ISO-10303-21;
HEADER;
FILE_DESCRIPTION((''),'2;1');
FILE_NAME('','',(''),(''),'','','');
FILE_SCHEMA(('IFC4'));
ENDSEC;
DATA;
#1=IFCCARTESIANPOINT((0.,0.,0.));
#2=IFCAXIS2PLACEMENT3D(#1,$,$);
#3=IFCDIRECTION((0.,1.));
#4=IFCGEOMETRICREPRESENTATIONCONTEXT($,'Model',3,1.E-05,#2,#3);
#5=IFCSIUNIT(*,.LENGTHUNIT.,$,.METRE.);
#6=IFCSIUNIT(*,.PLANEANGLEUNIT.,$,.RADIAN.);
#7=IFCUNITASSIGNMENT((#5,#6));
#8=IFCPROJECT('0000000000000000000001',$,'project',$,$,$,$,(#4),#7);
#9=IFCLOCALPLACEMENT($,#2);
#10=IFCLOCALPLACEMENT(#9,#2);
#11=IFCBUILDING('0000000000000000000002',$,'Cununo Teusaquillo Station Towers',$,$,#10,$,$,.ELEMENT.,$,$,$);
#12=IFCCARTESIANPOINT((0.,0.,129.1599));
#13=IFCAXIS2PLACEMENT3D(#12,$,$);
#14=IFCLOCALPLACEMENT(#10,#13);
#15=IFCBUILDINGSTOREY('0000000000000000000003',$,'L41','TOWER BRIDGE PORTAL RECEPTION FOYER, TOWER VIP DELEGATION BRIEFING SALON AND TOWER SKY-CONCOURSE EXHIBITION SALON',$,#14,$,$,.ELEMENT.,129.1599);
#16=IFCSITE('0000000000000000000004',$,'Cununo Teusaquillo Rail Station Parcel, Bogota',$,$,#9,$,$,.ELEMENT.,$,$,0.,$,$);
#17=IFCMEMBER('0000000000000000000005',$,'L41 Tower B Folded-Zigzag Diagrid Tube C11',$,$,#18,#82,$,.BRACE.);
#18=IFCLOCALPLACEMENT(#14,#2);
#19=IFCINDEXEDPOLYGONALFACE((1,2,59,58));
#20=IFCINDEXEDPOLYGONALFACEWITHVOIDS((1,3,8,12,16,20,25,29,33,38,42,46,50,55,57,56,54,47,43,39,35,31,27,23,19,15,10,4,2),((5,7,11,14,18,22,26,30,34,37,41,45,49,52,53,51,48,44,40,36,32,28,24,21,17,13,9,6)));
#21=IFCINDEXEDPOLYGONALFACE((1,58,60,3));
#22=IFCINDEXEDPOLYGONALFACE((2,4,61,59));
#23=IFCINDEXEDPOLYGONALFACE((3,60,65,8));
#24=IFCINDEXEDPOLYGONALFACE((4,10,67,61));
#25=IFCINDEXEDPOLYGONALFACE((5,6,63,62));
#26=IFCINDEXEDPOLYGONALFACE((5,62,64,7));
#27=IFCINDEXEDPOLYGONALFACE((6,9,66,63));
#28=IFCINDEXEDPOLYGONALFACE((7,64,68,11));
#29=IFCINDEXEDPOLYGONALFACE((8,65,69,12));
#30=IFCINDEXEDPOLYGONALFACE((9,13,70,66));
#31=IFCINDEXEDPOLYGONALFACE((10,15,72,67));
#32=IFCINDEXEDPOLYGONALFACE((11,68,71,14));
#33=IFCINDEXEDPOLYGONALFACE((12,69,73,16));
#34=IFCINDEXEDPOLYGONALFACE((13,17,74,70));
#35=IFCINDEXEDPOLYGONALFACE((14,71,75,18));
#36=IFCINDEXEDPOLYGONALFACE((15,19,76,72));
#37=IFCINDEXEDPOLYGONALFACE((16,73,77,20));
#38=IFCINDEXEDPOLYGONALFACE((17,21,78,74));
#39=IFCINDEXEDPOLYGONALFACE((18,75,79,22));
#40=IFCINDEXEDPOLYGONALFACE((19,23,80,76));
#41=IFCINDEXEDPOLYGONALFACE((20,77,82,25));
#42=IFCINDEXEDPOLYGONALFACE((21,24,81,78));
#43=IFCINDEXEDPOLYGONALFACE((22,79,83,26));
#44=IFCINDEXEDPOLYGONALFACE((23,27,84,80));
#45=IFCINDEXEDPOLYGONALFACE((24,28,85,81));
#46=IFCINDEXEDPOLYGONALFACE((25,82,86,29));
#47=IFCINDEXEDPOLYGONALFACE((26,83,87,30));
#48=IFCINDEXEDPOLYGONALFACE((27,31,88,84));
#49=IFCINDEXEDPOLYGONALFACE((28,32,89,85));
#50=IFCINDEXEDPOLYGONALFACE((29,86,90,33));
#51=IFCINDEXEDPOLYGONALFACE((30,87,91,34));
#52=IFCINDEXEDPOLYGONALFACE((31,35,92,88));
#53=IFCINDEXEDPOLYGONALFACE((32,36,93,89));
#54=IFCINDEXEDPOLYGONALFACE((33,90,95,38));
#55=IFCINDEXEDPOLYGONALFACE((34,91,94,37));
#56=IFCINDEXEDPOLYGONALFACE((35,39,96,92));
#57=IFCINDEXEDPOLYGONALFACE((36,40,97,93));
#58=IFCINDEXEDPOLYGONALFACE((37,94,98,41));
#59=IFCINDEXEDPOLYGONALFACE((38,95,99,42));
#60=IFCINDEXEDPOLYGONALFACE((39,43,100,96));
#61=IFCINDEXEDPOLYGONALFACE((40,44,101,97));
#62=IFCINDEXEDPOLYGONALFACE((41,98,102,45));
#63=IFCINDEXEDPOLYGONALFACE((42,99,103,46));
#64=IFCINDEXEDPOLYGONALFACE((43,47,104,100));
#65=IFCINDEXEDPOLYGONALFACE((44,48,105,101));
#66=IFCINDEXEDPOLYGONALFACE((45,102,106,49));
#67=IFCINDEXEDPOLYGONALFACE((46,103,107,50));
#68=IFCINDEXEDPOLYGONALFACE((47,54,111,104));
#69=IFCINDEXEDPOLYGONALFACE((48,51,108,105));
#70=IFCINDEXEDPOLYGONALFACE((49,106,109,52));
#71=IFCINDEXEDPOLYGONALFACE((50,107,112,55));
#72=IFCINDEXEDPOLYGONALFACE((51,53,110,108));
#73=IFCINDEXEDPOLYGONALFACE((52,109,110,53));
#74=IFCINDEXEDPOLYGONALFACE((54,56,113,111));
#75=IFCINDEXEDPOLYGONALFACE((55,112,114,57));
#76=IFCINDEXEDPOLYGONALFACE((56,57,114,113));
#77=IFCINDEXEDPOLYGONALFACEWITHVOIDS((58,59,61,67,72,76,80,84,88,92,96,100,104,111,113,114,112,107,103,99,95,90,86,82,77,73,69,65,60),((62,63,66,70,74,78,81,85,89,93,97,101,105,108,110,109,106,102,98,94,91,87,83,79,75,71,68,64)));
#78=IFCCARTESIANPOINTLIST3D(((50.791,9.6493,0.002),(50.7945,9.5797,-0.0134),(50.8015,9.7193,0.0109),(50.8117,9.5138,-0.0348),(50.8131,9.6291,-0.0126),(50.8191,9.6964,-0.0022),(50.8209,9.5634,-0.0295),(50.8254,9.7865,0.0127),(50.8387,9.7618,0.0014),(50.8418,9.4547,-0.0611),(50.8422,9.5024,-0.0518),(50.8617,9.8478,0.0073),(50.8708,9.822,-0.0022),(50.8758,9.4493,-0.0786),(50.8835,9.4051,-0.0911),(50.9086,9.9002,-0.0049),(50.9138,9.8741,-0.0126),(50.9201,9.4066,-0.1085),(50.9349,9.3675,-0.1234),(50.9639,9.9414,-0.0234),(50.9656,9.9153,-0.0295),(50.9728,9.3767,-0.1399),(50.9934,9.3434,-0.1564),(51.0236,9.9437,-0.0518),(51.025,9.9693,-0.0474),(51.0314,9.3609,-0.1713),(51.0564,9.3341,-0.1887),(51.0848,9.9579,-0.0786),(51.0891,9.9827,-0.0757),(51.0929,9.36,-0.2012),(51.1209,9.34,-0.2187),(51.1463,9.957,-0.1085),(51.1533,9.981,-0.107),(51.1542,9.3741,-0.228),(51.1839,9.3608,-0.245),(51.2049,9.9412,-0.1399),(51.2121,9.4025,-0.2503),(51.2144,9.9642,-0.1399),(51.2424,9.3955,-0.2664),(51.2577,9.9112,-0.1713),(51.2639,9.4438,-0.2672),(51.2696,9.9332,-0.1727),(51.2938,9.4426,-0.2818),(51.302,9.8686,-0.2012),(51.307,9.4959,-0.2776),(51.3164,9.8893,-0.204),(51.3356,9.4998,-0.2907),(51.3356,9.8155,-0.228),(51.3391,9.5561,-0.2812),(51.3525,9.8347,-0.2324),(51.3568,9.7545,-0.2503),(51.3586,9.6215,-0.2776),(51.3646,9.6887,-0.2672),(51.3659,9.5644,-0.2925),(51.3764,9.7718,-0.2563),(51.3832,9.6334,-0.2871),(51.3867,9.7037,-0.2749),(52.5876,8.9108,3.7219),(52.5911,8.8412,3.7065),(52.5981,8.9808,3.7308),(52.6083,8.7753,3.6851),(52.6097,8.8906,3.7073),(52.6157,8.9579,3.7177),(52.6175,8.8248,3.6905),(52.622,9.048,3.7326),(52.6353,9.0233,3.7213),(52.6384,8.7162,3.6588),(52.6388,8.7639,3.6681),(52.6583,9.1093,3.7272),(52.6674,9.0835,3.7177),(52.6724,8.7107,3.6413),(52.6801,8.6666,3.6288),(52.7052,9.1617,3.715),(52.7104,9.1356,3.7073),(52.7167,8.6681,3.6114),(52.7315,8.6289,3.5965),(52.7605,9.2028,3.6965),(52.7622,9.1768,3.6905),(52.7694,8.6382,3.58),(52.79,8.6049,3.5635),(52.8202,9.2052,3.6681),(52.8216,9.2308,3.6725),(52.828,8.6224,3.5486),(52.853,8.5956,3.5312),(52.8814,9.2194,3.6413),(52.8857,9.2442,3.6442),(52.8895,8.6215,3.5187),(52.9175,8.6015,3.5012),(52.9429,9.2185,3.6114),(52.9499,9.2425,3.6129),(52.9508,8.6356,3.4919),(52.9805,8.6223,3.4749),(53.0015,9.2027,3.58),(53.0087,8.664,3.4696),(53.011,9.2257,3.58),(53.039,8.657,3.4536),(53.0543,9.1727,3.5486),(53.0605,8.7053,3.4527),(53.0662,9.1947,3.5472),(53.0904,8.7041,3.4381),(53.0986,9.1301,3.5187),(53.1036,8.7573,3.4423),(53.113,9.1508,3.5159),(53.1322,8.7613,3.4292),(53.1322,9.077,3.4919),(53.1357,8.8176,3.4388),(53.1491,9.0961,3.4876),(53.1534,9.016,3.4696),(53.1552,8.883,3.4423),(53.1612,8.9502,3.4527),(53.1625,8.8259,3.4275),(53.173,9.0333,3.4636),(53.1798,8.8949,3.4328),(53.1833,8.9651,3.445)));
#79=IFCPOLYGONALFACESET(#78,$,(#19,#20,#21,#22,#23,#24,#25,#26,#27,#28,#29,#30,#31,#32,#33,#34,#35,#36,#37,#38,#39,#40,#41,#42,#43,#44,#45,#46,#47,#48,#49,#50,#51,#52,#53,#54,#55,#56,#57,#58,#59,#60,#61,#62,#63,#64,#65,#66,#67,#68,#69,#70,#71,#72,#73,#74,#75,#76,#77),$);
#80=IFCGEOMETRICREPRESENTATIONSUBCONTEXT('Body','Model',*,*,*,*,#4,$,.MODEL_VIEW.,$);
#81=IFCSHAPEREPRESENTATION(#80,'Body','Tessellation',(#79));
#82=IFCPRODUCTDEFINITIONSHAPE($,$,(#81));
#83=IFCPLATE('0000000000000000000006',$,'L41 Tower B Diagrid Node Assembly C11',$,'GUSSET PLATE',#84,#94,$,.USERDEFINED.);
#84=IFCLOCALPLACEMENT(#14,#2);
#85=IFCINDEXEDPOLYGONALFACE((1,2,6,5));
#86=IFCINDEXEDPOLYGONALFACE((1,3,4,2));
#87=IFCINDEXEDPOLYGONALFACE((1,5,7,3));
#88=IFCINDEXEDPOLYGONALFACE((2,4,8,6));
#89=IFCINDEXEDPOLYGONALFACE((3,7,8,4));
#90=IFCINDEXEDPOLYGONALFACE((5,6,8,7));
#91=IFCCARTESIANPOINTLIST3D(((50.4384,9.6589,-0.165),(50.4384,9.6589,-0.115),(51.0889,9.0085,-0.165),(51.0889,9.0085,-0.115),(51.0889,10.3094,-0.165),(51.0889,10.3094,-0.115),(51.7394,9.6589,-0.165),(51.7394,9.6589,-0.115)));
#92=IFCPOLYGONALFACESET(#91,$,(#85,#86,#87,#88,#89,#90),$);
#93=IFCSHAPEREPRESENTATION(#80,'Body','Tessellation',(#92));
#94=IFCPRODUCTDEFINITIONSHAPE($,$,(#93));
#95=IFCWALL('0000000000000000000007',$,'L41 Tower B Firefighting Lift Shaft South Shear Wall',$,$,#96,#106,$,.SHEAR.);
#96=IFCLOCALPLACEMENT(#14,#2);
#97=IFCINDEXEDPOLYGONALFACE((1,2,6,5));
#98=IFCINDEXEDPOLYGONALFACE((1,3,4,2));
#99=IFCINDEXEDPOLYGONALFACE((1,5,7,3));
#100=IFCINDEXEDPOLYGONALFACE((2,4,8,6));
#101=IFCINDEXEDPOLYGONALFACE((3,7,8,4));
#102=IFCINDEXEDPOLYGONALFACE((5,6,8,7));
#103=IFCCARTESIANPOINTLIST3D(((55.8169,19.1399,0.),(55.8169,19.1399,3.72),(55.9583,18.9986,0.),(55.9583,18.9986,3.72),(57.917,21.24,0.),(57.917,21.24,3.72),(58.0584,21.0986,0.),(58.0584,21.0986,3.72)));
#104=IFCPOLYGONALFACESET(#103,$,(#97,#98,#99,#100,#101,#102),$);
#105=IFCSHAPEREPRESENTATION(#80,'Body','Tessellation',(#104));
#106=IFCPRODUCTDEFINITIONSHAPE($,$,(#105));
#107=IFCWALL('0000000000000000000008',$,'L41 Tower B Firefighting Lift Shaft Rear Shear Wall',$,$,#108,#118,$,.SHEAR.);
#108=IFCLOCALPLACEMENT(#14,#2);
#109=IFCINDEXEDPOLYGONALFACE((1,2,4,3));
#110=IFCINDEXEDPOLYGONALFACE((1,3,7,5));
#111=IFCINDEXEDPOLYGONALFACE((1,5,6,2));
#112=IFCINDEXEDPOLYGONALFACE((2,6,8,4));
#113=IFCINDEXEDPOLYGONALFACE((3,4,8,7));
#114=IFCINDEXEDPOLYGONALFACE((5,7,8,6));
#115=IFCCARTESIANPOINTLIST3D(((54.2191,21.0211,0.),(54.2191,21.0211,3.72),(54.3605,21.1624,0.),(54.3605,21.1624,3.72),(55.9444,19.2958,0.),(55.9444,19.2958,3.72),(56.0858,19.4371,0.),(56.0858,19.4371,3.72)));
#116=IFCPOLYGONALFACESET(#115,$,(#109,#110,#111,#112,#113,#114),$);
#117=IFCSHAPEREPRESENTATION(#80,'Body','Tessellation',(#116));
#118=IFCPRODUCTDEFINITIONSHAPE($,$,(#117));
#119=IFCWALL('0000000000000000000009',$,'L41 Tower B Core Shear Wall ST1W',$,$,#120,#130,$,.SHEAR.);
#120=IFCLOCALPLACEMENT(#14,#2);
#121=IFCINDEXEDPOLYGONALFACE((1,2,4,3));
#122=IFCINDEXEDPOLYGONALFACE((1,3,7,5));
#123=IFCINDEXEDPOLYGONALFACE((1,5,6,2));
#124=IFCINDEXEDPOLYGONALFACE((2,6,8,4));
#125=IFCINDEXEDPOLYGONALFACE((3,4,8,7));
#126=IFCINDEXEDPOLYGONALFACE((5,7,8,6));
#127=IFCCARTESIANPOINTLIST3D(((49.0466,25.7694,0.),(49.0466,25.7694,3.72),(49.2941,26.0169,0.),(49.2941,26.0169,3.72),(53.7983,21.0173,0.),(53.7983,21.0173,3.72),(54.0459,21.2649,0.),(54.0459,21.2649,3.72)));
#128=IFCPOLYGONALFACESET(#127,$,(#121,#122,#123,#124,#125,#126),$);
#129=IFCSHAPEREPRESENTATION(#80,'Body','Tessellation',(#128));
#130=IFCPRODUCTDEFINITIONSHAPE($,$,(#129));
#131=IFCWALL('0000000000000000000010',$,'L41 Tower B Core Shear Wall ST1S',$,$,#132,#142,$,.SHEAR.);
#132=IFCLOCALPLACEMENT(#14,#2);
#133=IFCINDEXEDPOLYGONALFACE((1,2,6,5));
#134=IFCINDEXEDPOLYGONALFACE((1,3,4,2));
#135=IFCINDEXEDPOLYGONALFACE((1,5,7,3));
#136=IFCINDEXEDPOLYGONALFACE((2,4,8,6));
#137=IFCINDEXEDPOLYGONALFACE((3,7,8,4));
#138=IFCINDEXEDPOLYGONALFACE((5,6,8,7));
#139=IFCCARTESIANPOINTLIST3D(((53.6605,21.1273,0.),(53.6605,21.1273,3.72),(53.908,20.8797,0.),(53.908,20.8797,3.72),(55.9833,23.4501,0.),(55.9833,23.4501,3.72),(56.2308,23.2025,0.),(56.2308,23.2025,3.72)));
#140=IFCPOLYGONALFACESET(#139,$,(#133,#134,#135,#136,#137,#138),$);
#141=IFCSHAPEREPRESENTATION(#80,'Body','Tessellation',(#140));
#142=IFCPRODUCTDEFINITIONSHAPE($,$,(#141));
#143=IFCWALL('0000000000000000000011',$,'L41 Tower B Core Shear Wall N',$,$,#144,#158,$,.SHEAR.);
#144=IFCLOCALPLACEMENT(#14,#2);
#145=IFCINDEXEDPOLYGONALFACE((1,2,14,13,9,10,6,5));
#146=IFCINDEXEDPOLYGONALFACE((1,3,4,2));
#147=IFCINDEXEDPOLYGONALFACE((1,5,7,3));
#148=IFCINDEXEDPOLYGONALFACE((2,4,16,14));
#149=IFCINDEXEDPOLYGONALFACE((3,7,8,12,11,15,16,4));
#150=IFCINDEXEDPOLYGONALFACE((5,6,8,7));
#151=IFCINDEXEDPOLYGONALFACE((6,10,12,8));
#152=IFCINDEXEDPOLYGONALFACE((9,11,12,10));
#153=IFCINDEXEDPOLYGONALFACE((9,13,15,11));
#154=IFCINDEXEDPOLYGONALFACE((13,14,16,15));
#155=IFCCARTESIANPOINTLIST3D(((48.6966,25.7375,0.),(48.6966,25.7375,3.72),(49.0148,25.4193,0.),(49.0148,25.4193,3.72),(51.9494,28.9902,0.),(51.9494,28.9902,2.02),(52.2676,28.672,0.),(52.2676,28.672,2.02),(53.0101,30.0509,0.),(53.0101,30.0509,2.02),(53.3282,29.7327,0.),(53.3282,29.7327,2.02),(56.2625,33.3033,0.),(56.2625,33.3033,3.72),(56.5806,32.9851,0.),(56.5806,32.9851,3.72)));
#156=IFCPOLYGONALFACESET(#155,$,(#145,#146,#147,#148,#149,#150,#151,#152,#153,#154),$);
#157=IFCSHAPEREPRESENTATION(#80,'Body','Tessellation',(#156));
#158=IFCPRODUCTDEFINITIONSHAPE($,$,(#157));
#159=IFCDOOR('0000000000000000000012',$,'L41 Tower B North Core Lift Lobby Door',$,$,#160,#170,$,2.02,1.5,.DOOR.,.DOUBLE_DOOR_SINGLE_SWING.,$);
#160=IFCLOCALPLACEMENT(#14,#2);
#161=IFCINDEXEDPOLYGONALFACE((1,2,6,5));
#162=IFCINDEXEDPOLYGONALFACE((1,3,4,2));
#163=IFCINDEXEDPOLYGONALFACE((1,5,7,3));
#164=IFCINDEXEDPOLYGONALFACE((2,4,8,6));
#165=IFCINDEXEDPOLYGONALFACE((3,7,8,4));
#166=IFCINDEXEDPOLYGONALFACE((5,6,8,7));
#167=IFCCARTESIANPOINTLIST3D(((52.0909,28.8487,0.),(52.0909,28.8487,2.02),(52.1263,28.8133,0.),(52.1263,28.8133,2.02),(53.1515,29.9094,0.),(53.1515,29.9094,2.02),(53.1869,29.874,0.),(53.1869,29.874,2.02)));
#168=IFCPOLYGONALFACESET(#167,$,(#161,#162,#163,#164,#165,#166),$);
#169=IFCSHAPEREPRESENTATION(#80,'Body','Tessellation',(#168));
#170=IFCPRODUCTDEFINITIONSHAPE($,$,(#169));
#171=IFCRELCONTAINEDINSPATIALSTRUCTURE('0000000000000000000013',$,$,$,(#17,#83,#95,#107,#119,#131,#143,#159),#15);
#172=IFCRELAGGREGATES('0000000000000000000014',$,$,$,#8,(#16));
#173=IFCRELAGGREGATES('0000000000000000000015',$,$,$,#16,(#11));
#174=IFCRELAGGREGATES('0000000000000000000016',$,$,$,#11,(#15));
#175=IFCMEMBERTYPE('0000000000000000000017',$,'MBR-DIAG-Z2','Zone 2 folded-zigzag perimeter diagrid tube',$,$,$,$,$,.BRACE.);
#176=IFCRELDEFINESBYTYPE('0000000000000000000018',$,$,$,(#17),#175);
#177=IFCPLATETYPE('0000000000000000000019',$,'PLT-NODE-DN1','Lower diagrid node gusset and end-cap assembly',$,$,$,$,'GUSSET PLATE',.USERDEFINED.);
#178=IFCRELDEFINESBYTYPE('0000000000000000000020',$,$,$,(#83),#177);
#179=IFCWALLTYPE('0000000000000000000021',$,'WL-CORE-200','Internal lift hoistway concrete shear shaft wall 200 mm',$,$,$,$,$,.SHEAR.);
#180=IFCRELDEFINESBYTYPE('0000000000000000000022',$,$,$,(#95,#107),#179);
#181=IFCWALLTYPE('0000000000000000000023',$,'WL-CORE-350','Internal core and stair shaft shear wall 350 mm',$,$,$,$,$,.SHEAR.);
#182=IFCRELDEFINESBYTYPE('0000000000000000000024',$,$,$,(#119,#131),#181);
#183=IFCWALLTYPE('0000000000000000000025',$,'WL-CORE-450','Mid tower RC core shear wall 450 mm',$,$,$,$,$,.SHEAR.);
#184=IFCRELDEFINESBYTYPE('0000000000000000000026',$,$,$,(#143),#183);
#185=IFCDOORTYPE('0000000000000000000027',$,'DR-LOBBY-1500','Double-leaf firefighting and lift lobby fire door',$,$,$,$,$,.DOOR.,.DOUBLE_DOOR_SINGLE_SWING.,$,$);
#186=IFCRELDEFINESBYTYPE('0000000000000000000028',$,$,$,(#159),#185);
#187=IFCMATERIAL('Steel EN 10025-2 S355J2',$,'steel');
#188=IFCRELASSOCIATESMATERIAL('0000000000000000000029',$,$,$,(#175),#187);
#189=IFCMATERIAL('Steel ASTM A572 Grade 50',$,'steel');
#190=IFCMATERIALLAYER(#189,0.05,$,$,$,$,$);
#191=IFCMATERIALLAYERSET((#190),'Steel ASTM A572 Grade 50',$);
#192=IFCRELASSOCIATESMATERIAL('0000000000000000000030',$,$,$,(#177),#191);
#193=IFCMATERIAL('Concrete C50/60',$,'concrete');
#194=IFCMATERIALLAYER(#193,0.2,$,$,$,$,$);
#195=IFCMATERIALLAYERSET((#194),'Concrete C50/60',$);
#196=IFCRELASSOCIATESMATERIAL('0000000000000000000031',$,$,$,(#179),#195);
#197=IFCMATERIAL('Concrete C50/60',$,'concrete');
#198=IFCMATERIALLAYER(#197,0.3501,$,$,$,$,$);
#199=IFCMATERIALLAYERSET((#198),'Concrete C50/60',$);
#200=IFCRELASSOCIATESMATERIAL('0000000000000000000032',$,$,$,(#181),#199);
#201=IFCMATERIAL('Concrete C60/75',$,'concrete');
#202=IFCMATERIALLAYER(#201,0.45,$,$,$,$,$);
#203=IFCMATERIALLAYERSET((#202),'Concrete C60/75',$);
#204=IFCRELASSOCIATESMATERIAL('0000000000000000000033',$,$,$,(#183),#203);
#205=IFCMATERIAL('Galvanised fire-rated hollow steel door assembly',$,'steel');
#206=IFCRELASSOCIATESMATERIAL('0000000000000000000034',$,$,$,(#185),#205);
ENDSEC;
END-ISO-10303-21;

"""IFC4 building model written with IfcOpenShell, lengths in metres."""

from ifc_helpers import new_model, si_unit, direction, frame, frame_2d, origin, origin_2d, place, context, subcontext, project, spatial, rectangle, hollow_circle, extrude, source, transform, mapped, material, layer, layer_set, material_profile, profile_set, type_object, element, fill, save


model = new_model("IFC4")

# Units and contexts
model_context = context("Model", 3, precision=1e-05, world=origin(), true_north=direction((0.0, 1.0)))
body_context = subcontext(model_context, "Body", "Model", "MODEL_VIEW")
ifc_project = project(units=[si_unit("LENGTHUNIT", "METRE"), si_unit("PLANEANGLEUNIT", "RADIAN")], contexts=[model_context])

# Site, building, storey
site_placement = place(None, origin())
site = spatial("IfcSite", under=ifc_project, at=site_placement, Name="Cununo Teusaquillo Rail Station Parcel, Bogota", CompositionType="ELEMENT", RefElevation=0.0)
building_placement = place(site_placement, origin())
building = spatial("IfcBuilding", under=site, at=building_placement, Name="Cununo Teusaquillo Station Towers", CompositionType="ELEMENT")
storey_placement = place(building_placement, frame((0.0, 0.0, 129.1599)))
storey = spatial("IfcBuildingStorey", under=building, at=storey_placement, Name="L41", Description="TOWER BRIDGE PORTAL RECEPTION FOYER, TOWER VIP DELEGATION BRIEFING SALON AND TOWER SKY-CONCOURSE EXHIBITION SALON", CompositionType="ELEMENT", Elevation=129.1599)

# Member
ifc_material_1 = material(Name="Steel EN 10025-2 S355J2", Category="steel")
ifc_material_profile_1 = material_profile(ifc_material_1, hollow_circle(Radius=0.3301, WallThickness=0.0249, at=origin_2d()), Name="CHS 660x25")
ifc_profile_set_1 = profile_set([ifc_material_profile_1], Name="Steel EN 10025-2 S355J2")
member_type = type_object("IfcMemberType", Name="MBR-DIAG-Z2", Description="Zone 2 folded-zigzag perimeter diagrid tube", PredefinedType="BRACE", material=ifc_profile_set_1)
member_placement = place(storey_placement, frame((51.0889, 9.6589, -0.1399), z_axis=(0.428115, -0.175982, 0.886424), x_axis=(0.380193, 0.924907, 0.0)))
element("IfcMember", 1, at=member_placement, inside=storey, type_object=member_type, Name="L41 Tower B Folded-Zigzag Diagrid Tube C11", PredefinedType="BRACE", context=body_context, shape_type="SweptSolid", body=[
    extrude(hollow_circle(Radius=0.3301, WallThickness=0.0249, at=origin_2d()), origin(), (0.0, 0.0, 1.0), 4.1965),
])

# Plate
ifc_material_2 = material(Name="Steel ASTM A572 Grade 50", Category="steel")
ifc_layer_1 = layer(ifc_material_2, 0.05)
ifc_layer_set_1 = layer_set([ifc_layer_1], Name="Steel ASTM A572 Grade 50")
plate_type = type_object("IfcPlateType", Name="PLT-NODE-DN1", Description="Lower diagrid node gusset and end-cap assembly", ElementType="GUSSET PLATE", PredefinedType="USERDEFINED", material=ifc_layer_set_1)
shared_shape_1 = source(origin(), body_context, "Body", "SweptSolid", [
    extrude(rectangle(XDim=0.9199, YDim=0.9199, at=origin_2d()), origin(), (0.0, 0.0, 1.0), 0.05),
])
plate_placement = place(storey_placement, frame((51.0889, 9.6589, -0.165), z_axis=(0.0, 0.0, 1.0), x_axis=(0.707107, 0.707107, 0.0)))
element("IfcPlate", 2, at=plate_placement, inside=storey, type_object=plate_type, Name="L41 Tower B Diagrid Node Assembly C11", ObjectType="GUSSET PLATE", PredefinedType="USERDEFINED", context=body_context, shape_type="MappedRepresentation", body=[
    mapped(shared_shape_1, transform((0.0, 0.0, 0.0), x_axis=(1.0, 0.0, 0.0), y_axis=(0.0, 1.0, 0.0), z_axis=(0.0, 0.0, 1.0), scale=1.0)),
])

# Walls
ifc_material_3 = material(Name="Concrete C50/60", Category="concrete")
ifc_layer_2 = layer(ifc_material_3, 0.2)
ifc_layer_set_2 = layer_set([ifc_layer_2], Name="Concrete C50/60")
wall_type_1 = type_object("IfcWallType", Name="WL-CORE-200", Description="Internal lift hoistway concrete shear shaft wall 200 mm", PredefinedType="SHEAR", material=ifc_layer_set_2)
wall_1_placement = place(storey_placement, frame((55.8877, 19.0693, 0.0), z_axis=(0.0, 0.0, 1.0), x_axis=(0.707107, 0.707107, 0.0)))
element("IfcWall", 3, at=wall_1_placement, inside=storey, type_object=wall_type_1, Name="L41 Tower B Firefighting Lift Shaft South Shear Wall", PredefinedType="SHEAR", context=body_context, shape_type="SweptSolid", body=[
    extrude(rectangle(XDim=2.97, YDim=0.2, at=frame_2d((1.4849, 0.0))), origin(), (0.0, 0.0, 1.0), 3.72),
])
wall_2_placement = place(storey_placement, frame((56.0151, 19.3665, 0.0), z_axis=(0.0, 0.0, 1.0), x_axis=(-0.707107, 0.707107, 0.0)))
element("IfcWall", 4, at=wall_2_placement, inside=storey, type_object=wall_type_1, Name="L41 Tower B Firefighting Lift Shaft Rear Shear Wall", PredefinedType="SHEAR", context=body_context, shape_type="SweptSolid", body=[
    extrude(rectangle(XDim=2.4399, YDim=0.2, at=frame_2d((1.22, 0.0))), origin(), (0.0, 0.0, 1.0), 3.72),
])
ifc_material_4 = material(Name="Concrete C50/60", Category="concrete")
ifc_layer_3 = layer(ifc_material_4, 0.3501)
ifc_layer_set_3 = layer_set([ifc_layer_3], Name="Concrete C50/60")
wall_type_2 = type_object("IfcWallType", Name="WL-CORE-350", Description="Internal core and stair shaft shear wall 350 mm", PredefinedType="SHEAR", material=ifc_layer_set_3)
wall_3_placement = place(storey_placement, frame((53.9221, 21.1411, 0.0), z_axis=(0.0, 0.0, 1.0), x_axis=(-0.707089, 0.707125, 0.0)))
element("IfcWall", 5, at=wall_3_placement, inside=storey, type_object=wall_type_2, Name="L41 Tower B Core Shear Wall ST1W", PredefinedType="SHEAR", context=body_context, shape_type="SweptSolid", body=[
    extrude(rectangle(XDim=6.7202, YDim=0.3501, at=frame_2d((3.3601, 0.0))), origin(), (0.0, 0.0, 1.0), 3.72),
])
wall_4_placement = place(storey_placement, frame((53.7842, 21.0034, 0.0), z_axis=(0.0, 0.0, 1.0), x_axis=(0.707107, 0.707107, 0.0)))
element("IfcWall", 6, at=wall_4_placement, inside=storey, type_object=wall_type_2, Name="L41 Tower B Core Shear Wall ST1S", PredefinedType="SHEAR", context=body_context, shape_type="SweptSolid", body=[
    extrude(rectangle(XDim=3.2849, YDim=0.3501, at=frame_2d((1.6426, 0.0))), origin(), (0.0, 0.0, 1.0), 3.72),
])

# Wall, opening, door
ifc_material_5 = material(Name="Concrete C60/75", Category="concrete")
ifc_layer_4 = layer(ifc_material_5, 0.45)
ifc_layer_set_4 = layer_set([ifc_layer_4], Name="Concrete C60/75")
wall_type_3 = type_object("IfcWallType", Name="WL-CORE-450", Description="Mid tower RC core shear wall 450 mm", PredefinedType="SHEAR", material=ifc_layer_set_4)
wall_5_placement = place(storey_placement, frame((48.8557, 25.5784, 0.0), z_axis=(0.0, 0.0, 1.0), x_axis=(0.707107, 0.707107, 0.0)))
wall_5 = element("IfcWall", 7, at=wall_5_placement, inside=storey, type_object=wall_type_3, Name="L41 Tower B Core Shear Wall N", PredefinedType="SHEAR", context=body_context, shape_type="SweptSolid", body=[
    extrude(rectangle(XDim=10.6997, YDim=0.45, at=frame_2d((5.3499, 0.0))), origin(), (0.0, 0.0, 1.0), 3.72),
])
shared_shape_2 = source(origin(), body_context, "Body", "SweptSolid", [
    extrude(rectangle(XDim=1.5, YDim=2.02, at=frame_2d((0.75, 1.01))), frame((0.0, 0.2349, 0.0), z_axis=(0.0, -1.0, 0.0), x_axis=(1.0, 0.0, 0.0)), (0.0, 0.0, 1.0), 0.47),
])
opening_1_placement = place(wall_5_placement, frame((4.6001, 0.0, 0.0)))
opening_1 = element("IfcOpeningElement", 8, at=opening_1_placement, cuts=wall_5, PredefinedType="OPENING", context=body_context, shape_type="MappedRepresentation", body=[
    mapped(shared_shape_2, transform((0.0, 0.0, 0.0), x_axis=(1.0, 0.0, 0.0), y_axis=(0.0, 1.0, 0.0), z_axis=(0.0, 0.0, 1.0), scale=1.0)),
])
ifc_material_6 = material(Name="Galvanised fire-rated hollow steel door assembly", Category="steel")
door_type_1 = type_object("IfcDoorType", Name="DR-LOBBY-1500", Description="Double-leaf firefighting and lift lobby fire door", OperationType="DOUBLE_DOOR_SINGLE_SWING", PredefinedType="DOOR", material=ifc_material_6)
shared_shape_3 = source(origin(), body_context, "Body", "SweptSolid", [
    extrude(rectangle(XDim=1.5, YDim=2.02, at=frame_2d((0.75, 1.01))), frame((0.0, 0.0249, 0.0), z_axis=(0.0, -1.0, 0.0), x_axis=(1.0, 0.0, 0.0)), (0.0, 0.0, 1.0), 0.05),
])
door_1_placement = place(opening_1_placement, origin())
door_1 = element("IfcDoor", 9, at=door_1_placement, inside=storey, type_object=door_type_1, Name="L41 Tower B North Core Lift Lobby Door", OperationType="DOUBLE_DOOR_SINGLE_SWING", OverallHeight=2.02, OverallWidth=1.5, PredefinedType="DOOR", context=body_context, shape_type="MappedRepresentation", body=[
    mapped(shared_shape_3, transform((0.0, 0.0, 0.0), x_axis=(1.0, 0.0, 0.0), y_axis=(0.0, 1.0, 0.0), z_axis=(0.0, 0.0, 1.0), scale=1.0)),
])
fill(opening_1, door_1)

save(model, "model.ifc")
